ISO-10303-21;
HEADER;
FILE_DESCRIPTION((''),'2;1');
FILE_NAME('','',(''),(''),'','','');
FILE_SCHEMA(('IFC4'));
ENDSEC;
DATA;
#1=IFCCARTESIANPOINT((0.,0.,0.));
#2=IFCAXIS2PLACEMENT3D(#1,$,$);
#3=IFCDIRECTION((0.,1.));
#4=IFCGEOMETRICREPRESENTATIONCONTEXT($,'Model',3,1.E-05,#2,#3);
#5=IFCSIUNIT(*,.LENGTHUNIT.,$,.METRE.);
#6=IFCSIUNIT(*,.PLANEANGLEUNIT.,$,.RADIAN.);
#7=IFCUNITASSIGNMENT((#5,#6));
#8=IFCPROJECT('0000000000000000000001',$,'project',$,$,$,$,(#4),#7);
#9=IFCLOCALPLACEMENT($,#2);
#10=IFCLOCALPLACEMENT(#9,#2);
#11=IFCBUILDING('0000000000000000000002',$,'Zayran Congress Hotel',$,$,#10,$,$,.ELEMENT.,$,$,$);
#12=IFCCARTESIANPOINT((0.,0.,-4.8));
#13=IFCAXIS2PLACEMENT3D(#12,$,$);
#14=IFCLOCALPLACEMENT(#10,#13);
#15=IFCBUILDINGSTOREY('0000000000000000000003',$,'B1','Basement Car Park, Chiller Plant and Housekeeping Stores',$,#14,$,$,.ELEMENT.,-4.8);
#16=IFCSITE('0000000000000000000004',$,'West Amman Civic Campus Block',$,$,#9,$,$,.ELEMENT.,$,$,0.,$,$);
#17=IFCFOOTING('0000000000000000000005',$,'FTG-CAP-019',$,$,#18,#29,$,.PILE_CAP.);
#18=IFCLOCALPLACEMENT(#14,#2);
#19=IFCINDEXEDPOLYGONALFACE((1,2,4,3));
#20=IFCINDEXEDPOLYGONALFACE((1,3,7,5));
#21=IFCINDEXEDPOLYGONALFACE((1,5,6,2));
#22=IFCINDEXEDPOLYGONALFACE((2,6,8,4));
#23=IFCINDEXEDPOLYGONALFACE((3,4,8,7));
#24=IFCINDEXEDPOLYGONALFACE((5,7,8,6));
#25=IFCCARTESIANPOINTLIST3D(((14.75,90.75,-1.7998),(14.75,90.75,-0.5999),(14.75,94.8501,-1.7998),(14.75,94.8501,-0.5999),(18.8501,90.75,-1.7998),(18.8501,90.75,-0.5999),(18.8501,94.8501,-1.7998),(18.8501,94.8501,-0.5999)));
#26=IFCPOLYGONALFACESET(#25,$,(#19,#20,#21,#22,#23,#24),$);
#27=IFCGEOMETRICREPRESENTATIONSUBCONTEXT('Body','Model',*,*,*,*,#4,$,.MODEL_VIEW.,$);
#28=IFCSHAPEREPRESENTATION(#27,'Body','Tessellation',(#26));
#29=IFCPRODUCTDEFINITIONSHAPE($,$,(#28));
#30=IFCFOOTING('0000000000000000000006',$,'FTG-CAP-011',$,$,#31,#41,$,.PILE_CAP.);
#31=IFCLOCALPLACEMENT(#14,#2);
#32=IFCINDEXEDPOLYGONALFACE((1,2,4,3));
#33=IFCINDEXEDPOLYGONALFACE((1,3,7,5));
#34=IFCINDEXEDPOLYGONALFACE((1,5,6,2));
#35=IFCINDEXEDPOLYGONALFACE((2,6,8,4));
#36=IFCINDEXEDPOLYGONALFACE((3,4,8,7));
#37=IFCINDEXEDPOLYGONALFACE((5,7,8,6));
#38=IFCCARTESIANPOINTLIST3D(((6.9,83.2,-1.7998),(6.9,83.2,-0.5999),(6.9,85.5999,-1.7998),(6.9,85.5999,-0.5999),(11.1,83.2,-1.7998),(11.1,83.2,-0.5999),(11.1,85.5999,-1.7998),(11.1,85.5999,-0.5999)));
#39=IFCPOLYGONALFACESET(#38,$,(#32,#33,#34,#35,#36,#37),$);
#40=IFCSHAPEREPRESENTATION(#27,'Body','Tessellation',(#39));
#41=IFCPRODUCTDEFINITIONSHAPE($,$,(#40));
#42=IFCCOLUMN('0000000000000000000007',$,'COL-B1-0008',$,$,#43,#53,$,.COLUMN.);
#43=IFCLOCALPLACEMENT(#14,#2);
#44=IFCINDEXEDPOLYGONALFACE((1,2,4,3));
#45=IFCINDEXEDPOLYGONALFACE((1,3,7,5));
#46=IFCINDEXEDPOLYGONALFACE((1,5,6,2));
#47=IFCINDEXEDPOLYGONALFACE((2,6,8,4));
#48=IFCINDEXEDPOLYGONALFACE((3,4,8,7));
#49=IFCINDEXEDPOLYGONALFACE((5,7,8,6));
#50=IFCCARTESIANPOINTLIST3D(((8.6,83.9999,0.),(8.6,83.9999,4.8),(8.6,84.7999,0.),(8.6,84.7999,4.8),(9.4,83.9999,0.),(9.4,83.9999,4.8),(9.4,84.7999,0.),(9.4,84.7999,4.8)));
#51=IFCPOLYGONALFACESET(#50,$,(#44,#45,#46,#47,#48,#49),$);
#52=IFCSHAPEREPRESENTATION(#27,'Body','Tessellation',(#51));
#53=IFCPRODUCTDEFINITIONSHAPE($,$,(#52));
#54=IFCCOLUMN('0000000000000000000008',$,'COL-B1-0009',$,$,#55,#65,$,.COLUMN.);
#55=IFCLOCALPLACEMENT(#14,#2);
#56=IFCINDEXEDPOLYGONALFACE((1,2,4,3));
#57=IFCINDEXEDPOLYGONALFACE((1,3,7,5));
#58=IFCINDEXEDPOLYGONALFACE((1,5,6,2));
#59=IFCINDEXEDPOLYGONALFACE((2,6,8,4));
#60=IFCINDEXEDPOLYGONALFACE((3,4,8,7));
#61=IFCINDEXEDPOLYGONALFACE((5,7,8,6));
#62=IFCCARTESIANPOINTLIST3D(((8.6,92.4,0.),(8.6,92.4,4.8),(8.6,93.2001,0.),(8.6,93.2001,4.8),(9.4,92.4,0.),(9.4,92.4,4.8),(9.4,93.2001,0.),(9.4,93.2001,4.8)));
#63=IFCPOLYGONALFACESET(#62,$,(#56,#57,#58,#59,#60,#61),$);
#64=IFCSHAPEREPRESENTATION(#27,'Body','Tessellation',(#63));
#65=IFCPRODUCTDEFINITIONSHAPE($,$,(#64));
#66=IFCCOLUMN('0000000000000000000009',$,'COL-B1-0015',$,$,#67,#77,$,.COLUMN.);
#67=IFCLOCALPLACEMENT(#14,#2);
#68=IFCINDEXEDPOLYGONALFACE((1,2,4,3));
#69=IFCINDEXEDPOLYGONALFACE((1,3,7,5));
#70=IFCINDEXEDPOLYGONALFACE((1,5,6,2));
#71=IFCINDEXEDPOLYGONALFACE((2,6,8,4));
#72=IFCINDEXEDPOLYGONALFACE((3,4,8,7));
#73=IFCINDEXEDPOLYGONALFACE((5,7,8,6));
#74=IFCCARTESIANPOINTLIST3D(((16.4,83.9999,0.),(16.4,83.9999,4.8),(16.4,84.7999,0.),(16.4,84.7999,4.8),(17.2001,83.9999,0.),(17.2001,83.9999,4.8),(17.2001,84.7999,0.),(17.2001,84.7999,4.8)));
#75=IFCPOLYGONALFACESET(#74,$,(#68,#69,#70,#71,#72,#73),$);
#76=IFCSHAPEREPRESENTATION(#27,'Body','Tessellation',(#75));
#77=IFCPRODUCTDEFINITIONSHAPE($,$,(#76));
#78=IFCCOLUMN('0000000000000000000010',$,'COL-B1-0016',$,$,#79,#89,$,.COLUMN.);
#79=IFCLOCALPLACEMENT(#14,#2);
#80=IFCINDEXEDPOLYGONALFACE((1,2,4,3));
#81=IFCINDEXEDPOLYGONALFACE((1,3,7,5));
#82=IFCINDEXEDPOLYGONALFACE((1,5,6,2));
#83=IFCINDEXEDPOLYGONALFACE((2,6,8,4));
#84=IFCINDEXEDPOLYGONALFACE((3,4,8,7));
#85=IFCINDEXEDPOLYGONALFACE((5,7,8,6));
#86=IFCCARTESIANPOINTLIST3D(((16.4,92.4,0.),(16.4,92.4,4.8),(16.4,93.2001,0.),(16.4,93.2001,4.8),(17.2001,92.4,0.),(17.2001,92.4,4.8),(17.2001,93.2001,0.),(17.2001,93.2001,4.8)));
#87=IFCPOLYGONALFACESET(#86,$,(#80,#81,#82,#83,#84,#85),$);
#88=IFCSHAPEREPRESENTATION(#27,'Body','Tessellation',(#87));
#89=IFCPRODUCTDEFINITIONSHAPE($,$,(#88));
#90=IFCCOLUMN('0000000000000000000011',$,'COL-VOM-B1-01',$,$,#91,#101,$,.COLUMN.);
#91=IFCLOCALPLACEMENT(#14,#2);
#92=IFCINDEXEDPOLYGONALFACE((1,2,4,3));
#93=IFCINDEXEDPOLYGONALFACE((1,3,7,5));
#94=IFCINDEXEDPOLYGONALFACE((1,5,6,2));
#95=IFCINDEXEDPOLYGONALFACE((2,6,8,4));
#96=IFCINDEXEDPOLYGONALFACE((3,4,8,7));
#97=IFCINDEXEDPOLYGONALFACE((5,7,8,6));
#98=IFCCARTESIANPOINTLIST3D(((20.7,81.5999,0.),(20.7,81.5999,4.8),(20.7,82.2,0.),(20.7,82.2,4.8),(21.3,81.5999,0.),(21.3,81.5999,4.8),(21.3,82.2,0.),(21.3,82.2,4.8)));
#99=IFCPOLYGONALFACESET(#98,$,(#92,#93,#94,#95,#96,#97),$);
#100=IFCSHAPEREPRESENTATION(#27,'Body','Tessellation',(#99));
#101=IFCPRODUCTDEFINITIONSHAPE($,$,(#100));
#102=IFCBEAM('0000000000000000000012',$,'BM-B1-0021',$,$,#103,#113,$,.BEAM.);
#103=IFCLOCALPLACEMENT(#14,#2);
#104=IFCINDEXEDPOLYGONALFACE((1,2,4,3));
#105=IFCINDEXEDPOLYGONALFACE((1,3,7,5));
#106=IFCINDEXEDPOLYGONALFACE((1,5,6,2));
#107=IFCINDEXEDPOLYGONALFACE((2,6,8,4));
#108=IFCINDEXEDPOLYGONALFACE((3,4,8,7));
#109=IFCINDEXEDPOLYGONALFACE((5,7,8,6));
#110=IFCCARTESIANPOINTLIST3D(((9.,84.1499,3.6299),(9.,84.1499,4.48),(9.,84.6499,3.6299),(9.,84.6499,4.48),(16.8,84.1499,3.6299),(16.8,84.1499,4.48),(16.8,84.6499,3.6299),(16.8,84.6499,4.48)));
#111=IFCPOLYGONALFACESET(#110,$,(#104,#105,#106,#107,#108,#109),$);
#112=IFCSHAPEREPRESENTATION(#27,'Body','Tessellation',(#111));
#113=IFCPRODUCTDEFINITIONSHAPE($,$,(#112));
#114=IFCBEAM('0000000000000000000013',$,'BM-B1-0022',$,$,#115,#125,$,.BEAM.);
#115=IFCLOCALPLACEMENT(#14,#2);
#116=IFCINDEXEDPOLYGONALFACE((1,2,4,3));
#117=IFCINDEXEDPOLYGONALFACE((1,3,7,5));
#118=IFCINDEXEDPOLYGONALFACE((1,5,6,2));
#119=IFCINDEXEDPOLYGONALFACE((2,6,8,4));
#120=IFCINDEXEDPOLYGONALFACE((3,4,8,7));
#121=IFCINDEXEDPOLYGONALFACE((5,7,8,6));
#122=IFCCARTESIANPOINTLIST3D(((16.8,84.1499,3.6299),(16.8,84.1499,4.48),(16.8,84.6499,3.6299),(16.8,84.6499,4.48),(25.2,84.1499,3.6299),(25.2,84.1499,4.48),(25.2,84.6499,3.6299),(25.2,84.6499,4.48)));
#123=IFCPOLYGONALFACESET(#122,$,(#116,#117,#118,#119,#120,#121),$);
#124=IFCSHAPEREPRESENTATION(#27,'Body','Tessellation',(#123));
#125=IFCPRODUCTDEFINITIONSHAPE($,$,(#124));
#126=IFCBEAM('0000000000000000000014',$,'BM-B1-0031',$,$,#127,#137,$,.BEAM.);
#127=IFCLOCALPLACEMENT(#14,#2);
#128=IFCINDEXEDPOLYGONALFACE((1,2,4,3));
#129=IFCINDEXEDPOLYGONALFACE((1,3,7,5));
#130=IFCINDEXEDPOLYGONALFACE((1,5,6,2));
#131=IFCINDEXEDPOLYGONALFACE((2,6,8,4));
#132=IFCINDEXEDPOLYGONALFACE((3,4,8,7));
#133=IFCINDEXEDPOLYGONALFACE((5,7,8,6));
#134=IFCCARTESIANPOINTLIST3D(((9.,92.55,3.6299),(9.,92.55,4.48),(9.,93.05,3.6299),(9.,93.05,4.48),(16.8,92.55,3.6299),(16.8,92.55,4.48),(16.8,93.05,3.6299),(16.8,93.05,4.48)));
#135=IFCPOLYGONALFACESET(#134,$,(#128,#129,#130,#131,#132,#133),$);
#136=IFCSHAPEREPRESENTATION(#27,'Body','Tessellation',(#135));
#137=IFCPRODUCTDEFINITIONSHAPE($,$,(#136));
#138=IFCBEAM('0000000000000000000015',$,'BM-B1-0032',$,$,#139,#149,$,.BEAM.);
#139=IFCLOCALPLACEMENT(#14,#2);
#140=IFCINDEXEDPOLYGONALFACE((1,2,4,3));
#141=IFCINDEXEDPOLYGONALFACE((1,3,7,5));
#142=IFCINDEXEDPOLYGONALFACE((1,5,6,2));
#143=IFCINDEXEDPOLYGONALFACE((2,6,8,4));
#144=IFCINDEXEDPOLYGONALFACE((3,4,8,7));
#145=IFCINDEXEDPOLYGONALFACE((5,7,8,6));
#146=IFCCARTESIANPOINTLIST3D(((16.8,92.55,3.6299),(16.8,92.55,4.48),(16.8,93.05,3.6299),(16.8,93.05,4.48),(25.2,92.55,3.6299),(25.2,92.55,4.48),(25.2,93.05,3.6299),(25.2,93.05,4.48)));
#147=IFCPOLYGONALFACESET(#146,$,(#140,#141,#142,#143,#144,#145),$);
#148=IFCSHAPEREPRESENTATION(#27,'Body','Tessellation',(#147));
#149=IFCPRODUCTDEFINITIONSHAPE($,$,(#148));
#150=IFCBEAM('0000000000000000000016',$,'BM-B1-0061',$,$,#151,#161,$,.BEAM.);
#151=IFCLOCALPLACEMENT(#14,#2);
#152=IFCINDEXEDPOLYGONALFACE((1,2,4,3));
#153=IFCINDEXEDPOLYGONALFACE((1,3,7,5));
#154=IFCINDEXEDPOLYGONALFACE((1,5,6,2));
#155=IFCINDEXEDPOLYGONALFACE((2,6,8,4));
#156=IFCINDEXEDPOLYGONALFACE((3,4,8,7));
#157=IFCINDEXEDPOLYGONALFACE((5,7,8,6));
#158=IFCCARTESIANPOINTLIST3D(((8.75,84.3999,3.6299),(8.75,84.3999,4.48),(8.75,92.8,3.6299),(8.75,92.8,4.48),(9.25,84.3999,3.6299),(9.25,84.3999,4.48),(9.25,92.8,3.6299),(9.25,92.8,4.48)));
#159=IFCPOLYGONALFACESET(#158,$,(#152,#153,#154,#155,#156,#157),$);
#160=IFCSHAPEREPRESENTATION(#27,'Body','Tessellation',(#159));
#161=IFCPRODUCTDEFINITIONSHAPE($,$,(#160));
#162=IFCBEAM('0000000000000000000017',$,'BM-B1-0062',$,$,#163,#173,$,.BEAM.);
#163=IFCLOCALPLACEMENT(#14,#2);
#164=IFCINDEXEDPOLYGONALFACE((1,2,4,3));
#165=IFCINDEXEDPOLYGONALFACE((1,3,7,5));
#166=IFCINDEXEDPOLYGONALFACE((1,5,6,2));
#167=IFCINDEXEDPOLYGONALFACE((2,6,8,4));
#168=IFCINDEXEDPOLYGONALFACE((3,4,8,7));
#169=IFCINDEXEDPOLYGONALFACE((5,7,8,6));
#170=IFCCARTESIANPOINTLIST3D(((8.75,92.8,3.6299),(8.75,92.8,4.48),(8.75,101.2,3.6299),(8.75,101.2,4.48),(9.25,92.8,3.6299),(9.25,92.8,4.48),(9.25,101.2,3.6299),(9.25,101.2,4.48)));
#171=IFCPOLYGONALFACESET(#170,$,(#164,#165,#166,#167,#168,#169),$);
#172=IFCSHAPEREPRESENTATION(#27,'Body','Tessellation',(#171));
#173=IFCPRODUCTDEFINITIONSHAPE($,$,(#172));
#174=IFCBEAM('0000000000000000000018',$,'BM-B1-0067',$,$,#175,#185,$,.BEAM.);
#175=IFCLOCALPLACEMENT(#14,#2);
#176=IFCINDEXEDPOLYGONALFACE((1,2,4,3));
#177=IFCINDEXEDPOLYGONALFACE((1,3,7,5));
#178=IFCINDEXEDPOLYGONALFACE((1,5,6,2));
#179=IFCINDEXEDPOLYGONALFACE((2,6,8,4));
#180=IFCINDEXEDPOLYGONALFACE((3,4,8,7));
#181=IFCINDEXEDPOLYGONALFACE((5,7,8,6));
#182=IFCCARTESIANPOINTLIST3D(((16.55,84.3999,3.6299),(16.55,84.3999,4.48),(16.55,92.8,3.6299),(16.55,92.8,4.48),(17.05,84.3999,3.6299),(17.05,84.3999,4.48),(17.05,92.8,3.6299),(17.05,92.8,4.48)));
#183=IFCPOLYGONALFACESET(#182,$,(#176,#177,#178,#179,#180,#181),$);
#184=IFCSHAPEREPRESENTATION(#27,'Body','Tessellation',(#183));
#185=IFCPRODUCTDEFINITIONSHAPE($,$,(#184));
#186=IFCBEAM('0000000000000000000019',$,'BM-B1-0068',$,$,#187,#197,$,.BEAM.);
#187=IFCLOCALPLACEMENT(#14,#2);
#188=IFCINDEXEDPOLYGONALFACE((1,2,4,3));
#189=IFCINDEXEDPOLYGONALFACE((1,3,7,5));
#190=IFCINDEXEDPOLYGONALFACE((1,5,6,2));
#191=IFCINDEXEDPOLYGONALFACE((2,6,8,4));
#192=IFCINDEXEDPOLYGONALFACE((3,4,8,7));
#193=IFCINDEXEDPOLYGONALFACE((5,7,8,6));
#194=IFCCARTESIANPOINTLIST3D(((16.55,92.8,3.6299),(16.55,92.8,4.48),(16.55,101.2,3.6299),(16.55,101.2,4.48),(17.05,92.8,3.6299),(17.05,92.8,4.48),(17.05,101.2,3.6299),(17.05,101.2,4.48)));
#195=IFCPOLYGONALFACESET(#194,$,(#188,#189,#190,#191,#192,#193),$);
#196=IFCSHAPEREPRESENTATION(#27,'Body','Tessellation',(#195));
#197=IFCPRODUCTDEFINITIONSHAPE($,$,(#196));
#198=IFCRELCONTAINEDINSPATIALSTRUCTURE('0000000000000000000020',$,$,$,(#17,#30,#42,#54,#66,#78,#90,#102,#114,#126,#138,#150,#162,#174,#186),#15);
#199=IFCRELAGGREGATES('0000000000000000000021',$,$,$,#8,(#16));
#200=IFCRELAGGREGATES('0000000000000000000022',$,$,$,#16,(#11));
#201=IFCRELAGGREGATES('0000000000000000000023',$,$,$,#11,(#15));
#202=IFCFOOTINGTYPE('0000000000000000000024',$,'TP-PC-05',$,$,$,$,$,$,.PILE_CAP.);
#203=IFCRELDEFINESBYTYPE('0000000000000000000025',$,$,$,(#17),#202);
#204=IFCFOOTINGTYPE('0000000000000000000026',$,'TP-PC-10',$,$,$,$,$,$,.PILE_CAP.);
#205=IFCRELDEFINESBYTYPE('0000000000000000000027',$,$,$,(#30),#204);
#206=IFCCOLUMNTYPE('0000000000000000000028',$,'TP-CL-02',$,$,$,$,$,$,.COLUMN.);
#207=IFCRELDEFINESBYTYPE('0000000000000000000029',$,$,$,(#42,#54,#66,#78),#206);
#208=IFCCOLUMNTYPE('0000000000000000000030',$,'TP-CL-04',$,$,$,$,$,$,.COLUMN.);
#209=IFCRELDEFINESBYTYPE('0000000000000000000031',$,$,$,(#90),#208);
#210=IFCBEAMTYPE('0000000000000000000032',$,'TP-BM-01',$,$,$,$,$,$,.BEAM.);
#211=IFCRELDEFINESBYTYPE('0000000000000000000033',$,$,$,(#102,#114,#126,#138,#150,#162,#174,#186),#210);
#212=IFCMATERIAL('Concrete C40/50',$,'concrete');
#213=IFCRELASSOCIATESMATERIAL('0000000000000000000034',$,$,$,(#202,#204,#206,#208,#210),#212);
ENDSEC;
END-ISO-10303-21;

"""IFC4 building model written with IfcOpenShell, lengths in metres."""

from ifc_helpers import new_model, si_unit, direction, frame, origin, origin_2d, place, context, subcontext, project, spatial, rectangle, extrude, material, material_profile, profile_set, type_object, element, save


model = new_model("IFC4")

# Units and contexts
model_context = context("Model", 3, precision=1e-05, world=origin(), true_north=direction((0.0, 1.0)))
body_context = subcontext(model_context, "Body", "Model", "MODEL_VIEW")
ifc_project = project(units=[si_unit("LENGTHUNIT", "METRE"), si_unit("PLANEANGLEUNIT", "RADIAN")], contexts=[model_context])

# Site, building, storey
site_placement = place(None, origin())
site = spatial("IfcSite", under=ifc_project, at=site_placement, Name="West Amman Civic Campus Block", CompositionType="ELEMENT", RefElevation=0.0)
building_placement = place(site_placement, origin())
building = spatial("IfcBuilding", under=site, at=building_placement, Name="Zayran Congress Hotel", CompositionType="ELEMENT")
storey_placement = place(building_placement, frame((0.0, 0.0, -4.8)))
storey = spatial("IfcBuildingStorey", under=building, at=storey_placement, Name="B1", Description="Basement Car Park, Chiller Plant and Housekeeping Stores", CompositionType="ELEMENT", Elevation=-4.8)

# Shared definitions
ifc_material = material(Name="Concrete C40/50", Category="concrete")

# Footings
footing_type_1 = type_object("IfcFootingType", Name="TP-PC-05", PredefinedType="PILE_CAP", material=ifc_material)
footing_1_placement = place(storey_placement, frame((16.8, 92.8, -1.7998), z_axis=(0.0, 0.0, 1.0), x_axis=(1.0, 0.0, 0.0)))
element("IfcFooting", 1, at=footing_1_placement, inside=storey, type_object=footing_type_1, Name="FTG-CAP-019", PredefinedType="PILE_CAP", context=body_context, shape_type="SweptSolid", body=[
    extrude(rectangle(XDim=4.1001, YDim=4.1001, at=origin_2d()), origin(), (0.0, 0.0, 1.0), 1.2),
])
footing_type_2 = type_object("IfcFootingType", Name="TP-PC-10", PredefinedType="PILE_CAP", material=ifc_material)
footing_2_placement = place(storey_placement, frame((9.0, 84.3999, -1.7998), z_axis=(0.0, 0.0, 1.0), x_axis=(1.0, 0.0, 0.0)))
element("IfcFooting", 2, at=footing_2_placement, inside=storey, type_object=footing_type_2, Name="FTG-CAP-011", PredefinedType="PILE_CAP", context=body_context, shape_type="SweptSolid", body=[
    extrude(rectangle(XDim=4.2, YDim=2.3999, at=origin_2d()), origin(), (0.0, 0.0, 1.0), 1.2),
])

# Columns
ifc_material_profile_1 = material_profile(ifc_material, rectangle(XDim=0.8, YDim=0.8, at=origin_2d()), Name="RC 800x800")
ifc_profile_set_1 = profile_set([ifc_material_profile_1], Name="Concrete C40/50")
column_type_1 = type_object("IfcColumnType", Name="TP-CL-02", PredefinedType="COLUMN", material=ifc_profile_set_1)
for number, where, z_axis, x_axis, name in (
    (3, (9.0, 84.3999, 0.0), (0.0, 0.0, 1.0), (1.0, 0.0, 0.0), "COL-B1-0008"),
    (4, (9.0, 92.8, 0.0), (0.0, 0.0, 1.0), (1.0, 0.0, 0.0), "COL-B1-0009"),
    (5, (16.8, 84.3999, 0.0), (0.0, 0.0, 1.0), (1.0, 0.0, 0.0), "COL-B1-0015"),
    (6, (16.8, 92.8, 0.0), (0.0, 0.0, 1.0), (1.0, 0.0, 0.0), "COL-B1-0016"),
):
    element("IfcColumn", number, at=place(storey_placement, frame(where, z_axis=z_axis, x_axis=x_axis)), inside=storey, type_object=column_type_1, Name=name, PredefinedType="COLUMN", context=body_context, shape_type="SweptSolid", body=[
        extrude(rectangle(XDim=0.8, YDim=0.8, at=origin_2d()), origin(), (0.0, 0.0, 1.0), 4.8),
    ])
ifc_material_profile_2 = material_profile(ifc_material, rectangle(XDim=0.6001, YDim=0.6001, at=origin_2d()), Name="RC 600x600")
ifc_profile_set_2 = profile_set([ifc_material_profile_2], Name="Concrete C40/50")
column_type_2 = type_object("IfcColumnType", Name="TP-CL-04", PredefinedType="COLUMN", material=ifc_profile_set_2)
column_placement = place(storey_placement, frame((21.0, 81.8999, 0.0), z_axis=(0.0, 0.0, 1.0), x_axis=(1.0, 0.0, 0.0)))
element("IfcColumn", 7, at=column_placement, inside=storey, type_object=column_type_2, Name="COL-VOM-B1-01", PredefinedType="COLUMN", context=body_context, shape_type="SweptSolid", body=[
    extrude(rectangle(XDim=0.6001, YDim=0.6001, at=origin_2d()), origin(), (0.0, 0.0, 1.0), 4.8),
])

# Beams
ifc_material_profile_3 = material_profile(ifc_material, rectangle(XDim=0.5, YDim=0.8501, at=origin_2d()), Name="RC 500x850")
ifc_profile_set_3 = profile_set([ifc_material_profile_3], Name="Concrete C40/50")
beam_type = type_object("IfcBeamType", Name="TP-BM-01", PredefinedType="BEAM", material=ifc_profile_set_3)
beam_1_placement = place(storey_placement, frame((9.0, 84.3999, 4.0549), z_axis=(1.0, 0.0, 0.0), x_axis=(0.0, 1.0, 0.0)))
element("IfcBeam", 8, at=beam_1_placement, inside=storey, type_object=beam_type, Name="BM-B1-0021", PredefinedType="BEAM", context=body_context, shape_type="SweptSolid", body=[
    extrude(rectangle(XDim=0.5, YDim=0.8501, at=origin_2d()), origin(), (0.0, 0.0, 1.0), 7.8),
])
beam_2_placement = place(storey_placement, frame((16.8, 84.3999, 4.0549), z_axis=(1.0, 0.0, 0.0), x_axis=(0.0, 1.0, 0.0)))
element("IfcBeam", 9, at=beam_2_placement, inside=storey, type_object=beam_type, Name="BM-B1-0022", PredefinedType="BEAM", context=body_context, shape_type="SweptSolid", body=[
    extrude(rectangle(XDim=0.5, YDim=0.8501, at=origin_2d()), origin(), (0.0, 0.0, 1.0), 8.3999),
])
beam_3_placement = place(storey_placement, frame((9.0, 92.8, 4.0549), z_axis=(1.0, 0.0, 0.0), x_axis=(0.0, 1.0, 0.0)))
element("IfcBeam", 10, at=beam_3_placement, inside=storey, type_object=beam_type, Name="BM-B1-0031", PredefinedType="BEAM", context=body_context, shape_type="SweptSolid", body=[
    extrude(rectangle(XDim=0.5, YDim=0.8501, at=origin_2d()), origin(), (0.0, 0.0, 1.0), 7.8),
])
beam_4_placement = place(storey_placement, frame((16.8, 92.8, 4.0549), z_axis=(1.0, 0.0, 0.0), x_axis=(0.0, 1.0, 0.0)))
element("IfcBeam", 11, at=beam_4_placement, inside=storey, type_object=beam_type, Name="BM-B1-0032", PredefinedType="BEAM", context=body_context, shape_type="SweptSolid", body=[
    extrude(rectangle(XDim=0.5, YDim=0.8501, at=origin_2d()), origin(), (0.0, 0.0, 1.0), 8.3999),
])
beam_5_placement = place(storey_placement, frame((9.0, 84.3999, 4.0549), z_axis=(0.0, 1.0, 0.0), x_axis=(-1.0, 0.0, 0.0)))
element("IfcBeam", 12, at=beam_5_placement, inside=storey, type_object=beam_type, Name="BM-B1-0061", PredefinedType="BEAM", context=body_context, shape_type="SweptSolid", body=[
    extrude(rectangle(XDim=0.5, YDim=0.8501, at=origin_2d()), origin(), (0.0, 0.0, 1.0), 8.4001),
])
beam_6_placement = place(storey_placement, frame((9.0, 92.8, 4.0549), z_axis=(0.0, 1.0, 0.0), x_axis=(-1.0, 0.0, 0.0)))
element("IfcBeam", 13, at=beam_6_placement, inside=storey, type_object=beam_type, Name="BM-B1-0062", PredefinedType="BEAM", context=body_context, shape_type="SweptSolid", body=[
    extrude(rectangle(XDim=0.5, YDim=0.8501, at=origin_2d()), origin(), (0.0, 0.0, 1.0), 8.3999),
])
beam_7_placement = place(storey_placement, frame((16.8, 84.3999, 4.0549), z_axis=(0.0, 1.0, 0.0), x_axis=(-1.0, 0.0, 0.0)))
element("IfcBeam", 14, at=beam_7_placement, inside=storey, type_object=beam_type, Name="BM-B1-0067", PredefinedType="BEAM", context=body_context, shape_type="SweptSolid", body=[
    extrude(rectangle(XDim=0.5, YDim=0.8501, at=origin_2d()), origin(), (0.0, 0.0, 1.0), 8.4001),
])
beam_8_placement = place(storey_placement, frame((16.8, 92.8, 4.0549), z_axis=(0.0, 1.0, 0.0), x_axis=(-1.0, 0.0, 0.0)))
element("IfcBeam", 15, at=beam_8_placement, inside=storey, type_object=beam_type, Name="BM-B1-0068", PredefinedType="BEAM", context=body_context, shape_type="SweptSolid", body=[
    extrude(rectangle(XDim=0.5, YDim=0.8501, at=origin_2d()), origin(), (0.0, 0.0, 1.0), 8.3999),
])

save(model, "model.ifc")
